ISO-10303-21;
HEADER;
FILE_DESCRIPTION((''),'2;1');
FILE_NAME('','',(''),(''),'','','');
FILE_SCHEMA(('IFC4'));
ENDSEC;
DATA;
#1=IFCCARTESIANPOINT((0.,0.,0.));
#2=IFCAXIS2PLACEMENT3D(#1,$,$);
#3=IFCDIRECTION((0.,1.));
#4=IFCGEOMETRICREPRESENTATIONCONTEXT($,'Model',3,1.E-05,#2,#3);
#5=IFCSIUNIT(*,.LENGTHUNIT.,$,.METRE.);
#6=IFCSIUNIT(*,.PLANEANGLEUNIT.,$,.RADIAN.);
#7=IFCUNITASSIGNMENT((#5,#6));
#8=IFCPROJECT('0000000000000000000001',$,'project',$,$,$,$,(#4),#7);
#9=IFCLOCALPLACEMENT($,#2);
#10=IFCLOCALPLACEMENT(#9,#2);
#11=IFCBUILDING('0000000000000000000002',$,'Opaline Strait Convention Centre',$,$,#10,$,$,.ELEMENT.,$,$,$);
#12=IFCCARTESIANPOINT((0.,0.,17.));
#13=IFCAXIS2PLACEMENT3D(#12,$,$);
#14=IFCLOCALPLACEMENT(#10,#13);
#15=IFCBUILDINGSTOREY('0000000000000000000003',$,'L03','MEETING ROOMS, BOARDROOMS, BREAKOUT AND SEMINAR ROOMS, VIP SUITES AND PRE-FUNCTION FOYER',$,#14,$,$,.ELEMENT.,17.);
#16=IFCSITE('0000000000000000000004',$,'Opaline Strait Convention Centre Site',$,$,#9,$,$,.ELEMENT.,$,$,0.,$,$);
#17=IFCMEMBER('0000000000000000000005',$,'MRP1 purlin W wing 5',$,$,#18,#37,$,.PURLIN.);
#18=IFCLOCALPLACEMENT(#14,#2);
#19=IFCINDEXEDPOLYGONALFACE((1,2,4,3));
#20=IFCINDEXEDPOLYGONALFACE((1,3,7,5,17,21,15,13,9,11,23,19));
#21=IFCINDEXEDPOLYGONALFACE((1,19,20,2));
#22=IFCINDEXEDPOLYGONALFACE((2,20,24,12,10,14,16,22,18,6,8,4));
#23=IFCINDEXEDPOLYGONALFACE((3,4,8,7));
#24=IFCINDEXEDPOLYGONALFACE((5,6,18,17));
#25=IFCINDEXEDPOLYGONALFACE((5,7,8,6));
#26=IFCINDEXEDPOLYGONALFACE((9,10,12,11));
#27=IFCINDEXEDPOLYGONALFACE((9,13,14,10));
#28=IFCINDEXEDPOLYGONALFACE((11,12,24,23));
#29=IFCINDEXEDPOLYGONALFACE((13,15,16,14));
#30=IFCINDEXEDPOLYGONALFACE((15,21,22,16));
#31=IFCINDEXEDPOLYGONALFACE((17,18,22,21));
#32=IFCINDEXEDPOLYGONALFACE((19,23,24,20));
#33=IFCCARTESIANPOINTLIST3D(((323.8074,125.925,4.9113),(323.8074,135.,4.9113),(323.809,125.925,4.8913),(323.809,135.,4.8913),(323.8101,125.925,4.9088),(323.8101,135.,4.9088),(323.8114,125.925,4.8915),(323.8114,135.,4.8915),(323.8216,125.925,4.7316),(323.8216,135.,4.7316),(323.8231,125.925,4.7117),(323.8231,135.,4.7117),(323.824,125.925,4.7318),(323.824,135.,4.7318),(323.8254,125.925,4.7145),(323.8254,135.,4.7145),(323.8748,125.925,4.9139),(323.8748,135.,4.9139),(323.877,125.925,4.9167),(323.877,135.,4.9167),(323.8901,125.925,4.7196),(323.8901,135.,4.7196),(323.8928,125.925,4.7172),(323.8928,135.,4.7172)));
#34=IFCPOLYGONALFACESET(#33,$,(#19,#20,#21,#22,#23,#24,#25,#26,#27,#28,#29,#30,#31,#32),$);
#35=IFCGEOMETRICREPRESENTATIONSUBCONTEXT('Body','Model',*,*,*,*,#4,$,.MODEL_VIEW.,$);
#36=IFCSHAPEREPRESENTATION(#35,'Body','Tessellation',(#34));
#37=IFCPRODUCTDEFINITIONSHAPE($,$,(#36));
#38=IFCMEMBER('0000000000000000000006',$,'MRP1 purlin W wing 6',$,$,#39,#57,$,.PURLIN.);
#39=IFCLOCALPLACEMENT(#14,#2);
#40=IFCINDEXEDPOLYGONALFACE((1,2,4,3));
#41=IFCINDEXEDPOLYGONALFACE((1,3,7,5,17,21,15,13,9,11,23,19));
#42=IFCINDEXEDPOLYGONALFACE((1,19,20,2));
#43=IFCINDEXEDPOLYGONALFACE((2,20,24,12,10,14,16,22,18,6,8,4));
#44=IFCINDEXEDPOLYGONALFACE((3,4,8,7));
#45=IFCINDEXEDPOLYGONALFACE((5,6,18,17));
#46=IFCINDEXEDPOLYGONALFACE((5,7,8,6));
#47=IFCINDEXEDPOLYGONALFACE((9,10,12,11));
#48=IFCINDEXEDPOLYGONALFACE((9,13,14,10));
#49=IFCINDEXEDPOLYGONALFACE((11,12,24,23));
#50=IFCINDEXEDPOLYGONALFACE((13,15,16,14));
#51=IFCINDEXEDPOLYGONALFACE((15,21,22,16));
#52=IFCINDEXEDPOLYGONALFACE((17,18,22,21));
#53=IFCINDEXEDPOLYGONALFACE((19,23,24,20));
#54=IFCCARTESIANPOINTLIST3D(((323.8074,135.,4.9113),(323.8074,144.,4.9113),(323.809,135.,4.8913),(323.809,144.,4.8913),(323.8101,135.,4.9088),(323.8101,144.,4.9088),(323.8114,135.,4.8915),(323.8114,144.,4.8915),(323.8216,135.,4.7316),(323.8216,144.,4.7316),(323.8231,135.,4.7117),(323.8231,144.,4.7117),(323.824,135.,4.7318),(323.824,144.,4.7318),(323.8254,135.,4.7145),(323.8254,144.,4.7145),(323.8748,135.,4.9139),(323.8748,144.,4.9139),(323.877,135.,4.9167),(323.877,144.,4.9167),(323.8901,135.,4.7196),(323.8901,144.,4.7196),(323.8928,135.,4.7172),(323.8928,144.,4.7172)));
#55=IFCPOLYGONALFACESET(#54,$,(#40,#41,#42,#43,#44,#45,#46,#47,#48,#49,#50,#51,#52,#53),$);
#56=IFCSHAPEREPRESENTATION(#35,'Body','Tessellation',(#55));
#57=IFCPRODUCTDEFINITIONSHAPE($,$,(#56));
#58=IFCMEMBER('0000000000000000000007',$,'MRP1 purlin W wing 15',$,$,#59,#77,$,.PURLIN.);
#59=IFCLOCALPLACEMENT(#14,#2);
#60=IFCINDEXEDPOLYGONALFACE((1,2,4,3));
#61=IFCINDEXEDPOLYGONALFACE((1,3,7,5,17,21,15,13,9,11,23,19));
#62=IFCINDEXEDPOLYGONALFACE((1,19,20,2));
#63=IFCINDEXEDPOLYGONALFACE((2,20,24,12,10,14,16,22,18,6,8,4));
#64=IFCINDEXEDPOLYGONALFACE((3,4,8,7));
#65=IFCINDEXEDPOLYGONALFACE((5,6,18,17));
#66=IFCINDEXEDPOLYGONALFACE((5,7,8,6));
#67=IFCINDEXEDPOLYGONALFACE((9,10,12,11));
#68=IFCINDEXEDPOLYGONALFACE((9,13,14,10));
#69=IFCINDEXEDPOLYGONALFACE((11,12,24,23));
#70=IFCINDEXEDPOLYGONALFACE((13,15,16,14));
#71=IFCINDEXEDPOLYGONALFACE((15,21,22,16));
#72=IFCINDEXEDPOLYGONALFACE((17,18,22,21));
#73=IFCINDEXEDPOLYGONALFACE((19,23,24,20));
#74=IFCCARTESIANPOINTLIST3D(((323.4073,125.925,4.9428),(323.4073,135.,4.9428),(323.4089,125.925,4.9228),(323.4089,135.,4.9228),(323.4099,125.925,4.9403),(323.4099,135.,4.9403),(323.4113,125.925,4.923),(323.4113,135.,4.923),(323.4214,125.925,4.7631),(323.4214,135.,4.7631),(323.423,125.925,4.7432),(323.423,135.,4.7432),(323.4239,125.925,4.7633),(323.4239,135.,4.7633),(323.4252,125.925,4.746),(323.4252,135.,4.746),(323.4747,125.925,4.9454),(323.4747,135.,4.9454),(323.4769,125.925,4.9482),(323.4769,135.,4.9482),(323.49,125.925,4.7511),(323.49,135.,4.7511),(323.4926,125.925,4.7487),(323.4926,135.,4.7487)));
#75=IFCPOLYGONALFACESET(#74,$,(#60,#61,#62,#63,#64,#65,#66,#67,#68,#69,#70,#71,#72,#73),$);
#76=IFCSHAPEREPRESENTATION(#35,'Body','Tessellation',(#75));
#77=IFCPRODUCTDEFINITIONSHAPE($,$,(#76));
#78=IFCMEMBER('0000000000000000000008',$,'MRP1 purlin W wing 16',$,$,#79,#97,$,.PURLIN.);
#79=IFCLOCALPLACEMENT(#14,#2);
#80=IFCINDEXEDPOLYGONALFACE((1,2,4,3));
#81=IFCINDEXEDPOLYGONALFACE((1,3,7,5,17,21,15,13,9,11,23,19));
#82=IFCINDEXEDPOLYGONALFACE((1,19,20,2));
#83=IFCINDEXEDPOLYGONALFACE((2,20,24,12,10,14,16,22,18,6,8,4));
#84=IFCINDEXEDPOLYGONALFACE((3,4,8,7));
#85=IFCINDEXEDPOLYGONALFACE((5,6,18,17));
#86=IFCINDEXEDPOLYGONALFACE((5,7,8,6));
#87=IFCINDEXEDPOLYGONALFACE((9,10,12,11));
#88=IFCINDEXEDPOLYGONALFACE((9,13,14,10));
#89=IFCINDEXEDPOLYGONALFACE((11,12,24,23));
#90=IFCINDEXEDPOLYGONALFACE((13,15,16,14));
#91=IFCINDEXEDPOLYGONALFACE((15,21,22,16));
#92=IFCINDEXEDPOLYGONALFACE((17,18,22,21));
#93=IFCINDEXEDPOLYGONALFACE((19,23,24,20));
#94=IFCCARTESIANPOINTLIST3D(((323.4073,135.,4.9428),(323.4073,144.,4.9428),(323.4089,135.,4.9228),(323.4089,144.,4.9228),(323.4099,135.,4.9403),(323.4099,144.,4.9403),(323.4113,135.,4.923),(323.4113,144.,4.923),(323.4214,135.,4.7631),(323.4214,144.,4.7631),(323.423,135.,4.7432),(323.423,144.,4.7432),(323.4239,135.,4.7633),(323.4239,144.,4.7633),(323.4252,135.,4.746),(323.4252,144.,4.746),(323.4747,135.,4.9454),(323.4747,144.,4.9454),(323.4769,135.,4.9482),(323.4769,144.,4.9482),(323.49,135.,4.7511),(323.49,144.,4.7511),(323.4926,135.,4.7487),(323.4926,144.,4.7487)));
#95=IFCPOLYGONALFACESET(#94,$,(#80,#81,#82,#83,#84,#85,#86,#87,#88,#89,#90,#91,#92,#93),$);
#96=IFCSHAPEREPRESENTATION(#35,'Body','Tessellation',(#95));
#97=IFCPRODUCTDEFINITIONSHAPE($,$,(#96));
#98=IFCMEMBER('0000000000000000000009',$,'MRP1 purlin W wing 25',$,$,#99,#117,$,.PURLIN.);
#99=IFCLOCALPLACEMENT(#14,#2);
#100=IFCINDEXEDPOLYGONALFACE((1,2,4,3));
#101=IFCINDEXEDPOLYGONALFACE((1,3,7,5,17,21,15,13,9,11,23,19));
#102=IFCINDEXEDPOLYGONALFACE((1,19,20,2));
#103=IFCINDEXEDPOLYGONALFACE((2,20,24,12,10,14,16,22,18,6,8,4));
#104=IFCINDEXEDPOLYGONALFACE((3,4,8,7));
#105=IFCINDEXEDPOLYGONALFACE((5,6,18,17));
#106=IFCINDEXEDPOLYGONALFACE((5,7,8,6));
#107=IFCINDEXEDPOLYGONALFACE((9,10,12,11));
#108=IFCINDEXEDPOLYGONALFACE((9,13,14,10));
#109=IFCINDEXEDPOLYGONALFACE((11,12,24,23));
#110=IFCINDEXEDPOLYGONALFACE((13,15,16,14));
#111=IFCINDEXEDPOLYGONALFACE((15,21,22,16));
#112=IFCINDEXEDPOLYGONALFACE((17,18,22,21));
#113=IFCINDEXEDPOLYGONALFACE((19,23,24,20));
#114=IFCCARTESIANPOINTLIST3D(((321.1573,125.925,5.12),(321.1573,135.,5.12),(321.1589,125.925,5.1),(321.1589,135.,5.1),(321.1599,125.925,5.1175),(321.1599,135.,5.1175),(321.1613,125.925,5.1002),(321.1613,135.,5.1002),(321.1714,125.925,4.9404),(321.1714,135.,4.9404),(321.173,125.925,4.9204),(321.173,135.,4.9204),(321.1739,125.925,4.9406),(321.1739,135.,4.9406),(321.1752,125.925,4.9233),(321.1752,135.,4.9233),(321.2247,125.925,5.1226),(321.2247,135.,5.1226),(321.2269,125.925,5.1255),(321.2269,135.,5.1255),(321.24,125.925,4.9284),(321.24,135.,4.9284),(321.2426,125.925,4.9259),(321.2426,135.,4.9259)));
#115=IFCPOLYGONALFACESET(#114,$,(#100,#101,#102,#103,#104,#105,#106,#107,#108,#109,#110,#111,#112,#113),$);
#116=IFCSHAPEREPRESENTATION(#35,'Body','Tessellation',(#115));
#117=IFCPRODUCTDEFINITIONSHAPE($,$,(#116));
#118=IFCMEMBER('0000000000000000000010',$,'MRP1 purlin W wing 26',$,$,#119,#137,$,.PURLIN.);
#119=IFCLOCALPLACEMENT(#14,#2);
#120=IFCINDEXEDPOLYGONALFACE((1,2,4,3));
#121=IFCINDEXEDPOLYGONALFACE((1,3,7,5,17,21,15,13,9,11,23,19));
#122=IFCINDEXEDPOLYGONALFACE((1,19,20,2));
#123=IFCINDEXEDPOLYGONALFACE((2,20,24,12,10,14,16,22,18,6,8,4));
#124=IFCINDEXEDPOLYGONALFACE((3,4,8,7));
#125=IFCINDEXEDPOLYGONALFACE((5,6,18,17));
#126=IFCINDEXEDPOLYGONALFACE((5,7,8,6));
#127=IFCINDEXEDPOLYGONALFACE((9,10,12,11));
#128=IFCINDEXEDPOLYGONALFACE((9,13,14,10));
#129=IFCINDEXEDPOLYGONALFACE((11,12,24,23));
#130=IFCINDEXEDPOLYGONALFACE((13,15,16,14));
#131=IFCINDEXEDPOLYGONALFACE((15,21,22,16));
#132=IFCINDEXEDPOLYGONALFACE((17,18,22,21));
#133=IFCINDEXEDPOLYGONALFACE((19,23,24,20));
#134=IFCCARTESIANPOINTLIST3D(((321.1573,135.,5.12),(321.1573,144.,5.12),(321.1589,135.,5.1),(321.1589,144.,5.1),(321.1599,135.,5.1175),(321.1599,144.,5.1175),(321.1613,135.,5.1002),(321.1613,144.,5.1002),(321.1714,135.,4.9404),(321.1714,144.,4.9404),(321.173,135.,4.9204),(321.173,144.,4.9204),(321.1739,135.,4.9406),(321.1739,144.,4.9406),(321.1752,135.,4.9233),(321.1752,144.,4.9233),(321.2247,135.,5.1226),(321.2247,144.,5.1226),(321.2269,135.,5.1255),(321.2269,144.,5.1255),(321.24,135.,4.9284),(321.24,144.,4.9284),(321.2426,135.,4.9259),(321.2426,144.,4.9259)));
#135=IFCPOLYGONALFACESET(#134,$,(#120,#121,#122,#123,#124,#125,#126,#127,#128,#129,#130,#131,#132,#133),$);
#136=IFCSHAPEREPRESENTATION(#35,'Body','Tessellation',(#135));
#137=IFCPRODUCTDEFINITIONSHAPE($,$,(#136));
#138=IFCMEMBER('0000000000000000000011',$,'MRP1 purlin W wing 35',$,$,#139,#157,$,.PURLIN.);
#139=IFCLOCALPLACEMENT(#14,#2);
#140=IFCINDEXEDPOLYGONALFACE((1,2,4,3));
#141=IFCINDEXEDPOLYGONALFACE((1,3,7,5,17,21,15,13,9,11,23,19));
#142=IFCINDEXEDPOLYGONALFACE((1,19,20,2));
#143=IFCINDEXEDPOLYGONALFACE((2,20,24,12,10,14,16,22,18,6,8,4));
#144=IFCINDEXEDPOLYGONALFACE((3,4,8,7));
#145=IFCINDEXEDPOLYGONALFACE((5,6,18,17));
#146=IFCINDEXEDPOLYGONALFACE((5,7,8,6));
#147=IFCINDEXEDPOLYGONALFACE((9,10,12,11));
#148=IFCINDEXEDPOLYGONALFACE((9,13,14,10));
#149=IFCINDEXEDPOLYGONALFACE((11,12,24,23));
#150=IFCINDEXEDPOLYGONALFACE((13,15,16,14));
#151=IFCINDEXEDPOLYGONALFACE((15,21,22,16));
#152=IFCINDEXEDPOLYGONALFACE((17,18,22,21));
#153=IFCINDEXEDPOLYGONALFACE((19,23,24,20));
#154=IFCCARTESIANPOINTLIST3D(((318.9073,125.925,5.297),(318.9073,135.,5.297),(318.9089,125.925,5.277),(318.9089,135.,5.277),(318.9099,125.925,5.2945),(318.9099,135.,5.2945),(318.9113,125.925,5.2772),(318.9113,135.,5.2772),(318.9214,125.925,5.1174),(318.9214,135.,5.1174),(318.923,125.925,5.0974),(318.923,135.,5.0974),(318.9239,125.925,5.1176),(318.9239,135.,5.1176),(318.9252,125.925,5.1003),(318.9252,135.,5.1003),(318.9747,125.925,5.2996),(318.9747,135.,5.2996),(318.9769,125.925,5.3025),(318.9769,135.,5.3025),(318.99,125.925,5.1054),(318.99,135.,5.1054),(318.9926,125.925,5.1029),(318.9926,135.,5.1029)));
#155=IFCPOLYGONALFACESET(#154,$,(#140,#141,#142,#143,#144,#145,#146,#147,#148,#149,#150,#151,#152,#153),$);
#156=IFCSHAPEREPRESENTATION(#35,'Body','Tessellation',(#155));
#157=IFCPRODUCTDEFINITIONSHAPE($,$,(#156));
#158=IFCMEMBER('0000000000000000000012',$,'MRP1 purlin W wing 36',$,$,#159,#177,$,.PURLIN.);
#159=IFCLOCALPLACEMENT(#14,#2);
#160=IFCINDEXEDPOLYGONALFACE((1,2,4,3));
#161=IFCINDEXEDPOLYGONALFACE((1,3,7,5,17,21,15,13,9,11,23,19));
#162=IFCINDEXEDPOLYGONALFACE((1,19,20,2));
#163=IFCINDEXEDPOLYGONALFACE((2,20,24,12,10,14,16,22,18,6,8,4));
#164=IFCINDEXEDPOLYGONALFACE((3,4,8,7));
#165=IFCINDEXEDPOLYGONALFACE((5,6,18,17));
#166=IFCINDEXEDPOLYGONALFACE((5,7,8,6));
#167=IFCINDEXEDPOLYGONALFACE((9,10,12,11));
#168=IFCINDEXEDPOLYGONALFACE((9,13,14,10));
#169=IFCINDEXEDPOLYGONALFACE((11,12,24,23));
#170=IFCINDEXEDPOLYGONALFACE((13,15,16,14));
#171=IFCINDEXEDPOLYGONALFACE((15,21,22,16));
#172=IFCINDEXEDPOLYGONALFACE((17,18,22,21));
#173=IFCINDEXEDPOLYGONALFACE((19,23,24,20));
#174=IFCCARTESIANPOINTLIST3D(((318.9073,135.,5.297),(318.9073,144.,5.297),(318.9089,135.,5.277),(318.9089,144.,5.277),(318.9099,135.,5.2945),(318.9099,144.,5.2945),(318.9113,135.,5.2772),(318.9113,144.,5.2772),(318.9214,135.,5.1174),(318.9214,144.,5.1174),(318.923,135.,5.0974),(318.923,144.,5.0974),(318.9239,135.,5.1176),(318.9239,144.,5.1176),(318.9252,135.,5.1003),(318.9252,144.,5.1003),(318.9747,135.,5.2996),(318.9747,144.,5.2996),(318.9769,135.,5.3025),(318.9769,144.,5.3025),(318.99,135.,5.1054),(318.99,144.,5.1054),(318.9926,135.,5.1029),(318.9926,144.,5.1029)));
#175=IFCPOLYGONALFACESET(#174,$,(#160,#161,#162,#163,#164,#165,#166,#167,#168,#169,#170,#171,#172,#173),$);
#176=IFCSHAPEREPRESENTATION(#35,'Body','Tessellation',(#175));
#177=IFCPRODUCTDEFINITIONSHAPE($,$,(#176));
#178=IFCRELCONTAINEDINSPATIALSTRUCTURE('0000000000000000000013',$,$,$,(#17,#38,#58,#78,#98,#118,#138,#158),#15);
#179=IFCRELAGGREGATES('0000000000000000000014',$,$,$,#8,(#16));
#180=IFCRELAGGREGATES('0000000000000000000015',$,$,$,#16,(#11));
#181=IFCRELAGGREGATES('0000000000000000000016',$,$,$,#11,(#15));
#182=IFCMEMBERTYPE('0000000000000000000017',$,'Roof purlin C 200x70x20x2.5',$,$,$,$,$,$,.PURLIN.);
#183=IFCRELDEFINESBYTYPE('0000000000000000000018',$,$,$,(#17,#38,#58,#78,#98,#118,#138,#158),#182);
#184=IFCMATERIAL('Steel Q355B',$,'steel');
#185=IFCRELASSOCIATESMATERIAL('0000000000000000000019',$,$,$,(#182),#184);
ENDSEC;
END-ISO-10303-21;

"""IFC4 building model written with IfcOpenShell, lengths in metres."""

from ifc_helpers import new_model, si_unit, direction, frame, origin, place, context, subcontext, project, spatial, polyline, outline, extrude, material, material_profile, profile_set, type_object, element, save


model = new_model("IFC4")

# Units and contexts
model_context = context("Model", 3, precision=1e-05, world=origin(), true_north=direction((0.0, 1.0)))
body_context = subcontext(model_context, "Body", "Model", "MODEL_VIEW")
ifc_project = project(units=[si_unit("LENGTHUNIT", "METRE"), si_unit("PLANEANGLEUNIT", "RADIAN")], contexts=[model_context])

# Site, building, storey
site_placement = place(None, origin())
site = spatial("IfcSite", under=ifc_project, at=site_placement, Name="Opaline Strait Convention Centre Site", CompositionType="ELEMENT", RefElevation=0.0)
building_placement = place(site_placement, origin())
building = spatial("IfcBuilding", under=site, at=building_placement, Name="Opaline Strait Convention Centre", CompositionType="ELEMENT")
storey_placement = place(building_placement, frame((0.0, 0.0, 17.0)))
storey = spatial("IfcBuildingStorey", under=building, at=storey_placement, Name="L03", Description="MEETING ROOMS, BOARDROOMS, BREAKOUT AND SEMINAR ROOMS, VIP SUITES AND PRE-FUNCTION FOYER", CompositionType="ELEMENT", Elevation=17.0)

# Members
ifc_material_1 = material(Name="Steel Q355B", Category="steel")
ifc_material_profile_1 = material_profile(ifc_material_1, outline(polyline([(-0.0349, -0.1001), (0.0349, -0.1001), (0.0349, -0.0801), (0.0325, -0.0801), (0.0325, -0.0974), (-0.0325, -0.0974), (-0.0325, 0.0974), (0.0325, 0.0974), (0.0325, 0.0801), (0.0349, 0.0801), (0.0349, 0.1001), (-0.0349, 0.1001), (-0.0349, -0.1001)])), Name="C 200x70x20x2.5")
ifc_profile_set_1 = profile_set([ifc_material_profile_1], Name="Steel Q355B")
member_type_1 = type_object("IfcMemberType", Name="Roof purlin C 200x70x20x2.5", PredefinedType="PURLIN", material=ifc_profile_set_1)
member_1_placement = place(storey_placement, frame((323.8501, 125.925, 4.8142), z_axis=(0.0, 1.0, 0.0), x_axis=(-0.996917, 0.0, -0.078459)))
element("IfcMember", 1, at=member_1_placement, inside=storey, type_object=member_type_1, Name="MRP1 purlin W wing 5", PredefinedType="PURLIN", context=body_context, shape_type="SweptSolid", body=[
    extrude(outline(polyline([(-0.0349, -0.1001), (0.0349, -0.1001), (0.0349, -0.0801), (0.0325, -0.0801), (0.0325, -0.0974), (-0.0325, -0.0974), (-0.0325, 0.0974), (0.0325, 0.0974), (0.0325, 0.0801), (0.0349, 0.0801), (0.0349, 0.1001), (-0.0349, 0.1001), (-0.0349, -0.1001)])), origin(), (0.0, 0.0, 1.0), 9.075),
])
member_2_placement = place(storey_placement, frame((323.8501, 135.0, 4.8142), z_axis=(0.0, 1.0, 0.0), x_axis=(-0.996917, 0.0, -0.078459)))
element("IfcMember", 2, at=member_2_placement, inside=storey, type_object=member_type_1, Name="MRP1 purlin W wing 6", PredefinedType="PURLIN", context=body_context, shape_type="SweptSolid", body=[
    extrude(outline(polyline([(-0.0349, -0.1001), (0.0349, -0.1001), (0.0349, -0.0801), (0.0325, -0.0801), (0.0325, -0.0974), (-0.0325, -0.0974), (-0.0325, 0.0974), (0.0325, 0.0974), (0.0325, 0.0801), (0.0349, 0.0801), (0.0349, 0.1001), (-0.0349, 0.1001), (-0.0349, -0.1001)])), origin(), (0.0, 0.0, 1.0), 9.0),
])
member_3_placement = place(storey_placement, frame((323.45, 125.925, 4.8457), z_axis=(0.0, 1.0, 0.0), x_axis=(-0.996917, 0.0, -0.078459)))
element("IfcMember", 3, at=member_3_placement, inside=storey, type_object=member_type_1, Name="MRP1 purlin W wing 15", PredefinedType="PURLIN", context=body_context, shape_type="SweptSolid", body=[
    extrude(outline(polyline([(-0.0349, -0.1001), (0.0349, -0.1001), (0.0349, -0.0801), (0.0325, -0.0801), (0.0325, -0.0974), (-0.0325, -0.0974), (-0.0325, 0.0974), (0.0325, 0.0974), (0.0325, 0.0801), (0.0349, 0.0801), (0.0349, 0.1001), (-0.0349, 0.1001), (-0.0349, -0.1001)])), origin(), (0.0, 0.0, 1.0), 9.075),
])
member_4_placement = place(storey_placement, frame((323.45, 135.0, 4.8457), z_axis=(0.0, 1.0, 0.0), x_axis=(-0.996917, 0.0, -0.078459)))
element("IfcMember", 4, at=member_4_placement, inside=storey, type_object=member_type_1, Name="MRP1 purlin W wing 16", PredefinedType="PURLIN", context=body_context, shape_type="SweptSolid", body=[
    extrude(outline(polyline([(-0.0349, -0.1001), (0.0349, -0.1001), (0.0349, -0.0801), (0.0325, -0.0801), (0.0325, -0.0974), (-0.0325, -0.0974), (-0.0325, 0.0974), (0.0325, 0.0974), (0.0325, 0.0801), (0.0349, 0.0801), (0.0349, 0.1001), (-0.0349, 0.1001), (-0.0349, -0.1001)])), origin(), (0.0, 0.0, 1.0), 9.0),
])
member_5_placement = place(storey_placement, frame((321.2, 125.925, 5.0229), z_axis=(0.0, 1.0, 0.0), x_axis=(-0.996917, 0.0, -0.078459)))
element("IfcMember", 5, at=member_5_placement, inside=storey, type_object=member_type_1, Name="MRP1 purlin W wing 25", PredefinedType="PURLIN", context=body_context, shape_type="SweptSolid", body=[
    extrude(outline(polyline([(-0.0349, -0.1001), (0.0349, -0.1001), (0.0349, -0.0801), (0.0325, -0.0801), (0.0325, -0.0974), (-0.0325, -0.0974), (-0.0325, 0.0974), (0.0325, 0.0974), (0.0325, 0.0801), (0.0349, 0.0801), (0.0349, 0.1001), (-0.0349, 0.1001), (-0.0349, -0.1001)])), origin(), (0.0, 0.0, 1.0), 9.075),
])
member_6_placement = place(storey_placement, frame((321.2, 135.0, 5.0229), z_axis=(0.0, 1.0, 0.0), x_axis=(-0.996917, 0.0, -0.078459)))
element("IfcMember", 6, at=member_6_placement, inside=storey, type_object=member_type_1, Name="MRP1 purlin W wing 26", PredefinedType="PURLIN", context=body_context, shape_type="SweptSolid", body=[
    extrude(outline(polyline([(-0.0349, -0.1001), (0.0349, -0.1001), (0.0349, -0.0801), (0.0325, -0.0801), (0.0325, -0.0974), (-0.0325, -0.0974), (-0.0325, 0.0974), (0.0325, 0.0974), (0.0325, 0.0801), (0.0349, 0.0801), (0.0349, 0.1001), (-0.0349, 0.1001), (-0.0349, -0.1001)])), origin(), (0.0, 0.0, 1.0), 9.0),
])
member_7_placement = place(storey_placement, frame((318.95, 125.925, 5.2), z_axis=(0.0, 1.0, 0.0), x_axis=(-0.996917, 0.0, -0.078459)))
element("IfcMember", 7, at=member_7_placement, inside=storey, type_object=member_type_1, Name="MRP1 purlin W wing 35", PredefinedType="PURLIN", context=body_context, shape_type="SweptSolid", body=[
    extrude(outline(polyline([(-0.0349, -0.1001), (0.0349, -0.1001), (0.0349, -0.0801), (0.0325, -0.0801), (0.0325, -0.0974), (-0.0325, -0.0974), (-0.0325, 0.0974), (0.0325, 0.0974), (0.0325, 0.0801), (0.0349, 0.0801), (0.0349, 0.1001), (-0.0349, 0.1001), (-0.0349, -0.1001)])), origin(), (0.0, 0.0, 1.0), 9.075),
])
for number, where, z_axis, x_axis, name in (
    (8, (318.95, 135.0, 5.2), (0.0, 1.0, 0.0), (-0.996917, 0.0, -0.078459), "MRP1 purlin W wing 36"),
):
    element("IfcMember", number, at=place(storey_placement, frame(where, z_axis=z_axis, x_axis=x_axis)), inside=storey, type_object=member_type_1, Name=name, PredefinedType="PURLIN", context=body_context, shape_type="SweptSolid", body=[
        extrude(outline(polyline([(-0.0349, -0.1001), (0.0349, -0.1001), (0.0349, -0.0801), (0.0325, -0.0801), (0.0325, -0.0974), (-0.0325, -0.0974), (-0.0325, 0.0974), (0.0325, 0.0974), (0.0325, 0.0801), (0.0349, 0.0801), (0.0349, 0.1001), (-0.0349, 0.1001), (-0.0349, -0.1001)])), origin(), (0.0, 0.0, 1.0), 9.0),
    ])

save(model, "model.ifc")
